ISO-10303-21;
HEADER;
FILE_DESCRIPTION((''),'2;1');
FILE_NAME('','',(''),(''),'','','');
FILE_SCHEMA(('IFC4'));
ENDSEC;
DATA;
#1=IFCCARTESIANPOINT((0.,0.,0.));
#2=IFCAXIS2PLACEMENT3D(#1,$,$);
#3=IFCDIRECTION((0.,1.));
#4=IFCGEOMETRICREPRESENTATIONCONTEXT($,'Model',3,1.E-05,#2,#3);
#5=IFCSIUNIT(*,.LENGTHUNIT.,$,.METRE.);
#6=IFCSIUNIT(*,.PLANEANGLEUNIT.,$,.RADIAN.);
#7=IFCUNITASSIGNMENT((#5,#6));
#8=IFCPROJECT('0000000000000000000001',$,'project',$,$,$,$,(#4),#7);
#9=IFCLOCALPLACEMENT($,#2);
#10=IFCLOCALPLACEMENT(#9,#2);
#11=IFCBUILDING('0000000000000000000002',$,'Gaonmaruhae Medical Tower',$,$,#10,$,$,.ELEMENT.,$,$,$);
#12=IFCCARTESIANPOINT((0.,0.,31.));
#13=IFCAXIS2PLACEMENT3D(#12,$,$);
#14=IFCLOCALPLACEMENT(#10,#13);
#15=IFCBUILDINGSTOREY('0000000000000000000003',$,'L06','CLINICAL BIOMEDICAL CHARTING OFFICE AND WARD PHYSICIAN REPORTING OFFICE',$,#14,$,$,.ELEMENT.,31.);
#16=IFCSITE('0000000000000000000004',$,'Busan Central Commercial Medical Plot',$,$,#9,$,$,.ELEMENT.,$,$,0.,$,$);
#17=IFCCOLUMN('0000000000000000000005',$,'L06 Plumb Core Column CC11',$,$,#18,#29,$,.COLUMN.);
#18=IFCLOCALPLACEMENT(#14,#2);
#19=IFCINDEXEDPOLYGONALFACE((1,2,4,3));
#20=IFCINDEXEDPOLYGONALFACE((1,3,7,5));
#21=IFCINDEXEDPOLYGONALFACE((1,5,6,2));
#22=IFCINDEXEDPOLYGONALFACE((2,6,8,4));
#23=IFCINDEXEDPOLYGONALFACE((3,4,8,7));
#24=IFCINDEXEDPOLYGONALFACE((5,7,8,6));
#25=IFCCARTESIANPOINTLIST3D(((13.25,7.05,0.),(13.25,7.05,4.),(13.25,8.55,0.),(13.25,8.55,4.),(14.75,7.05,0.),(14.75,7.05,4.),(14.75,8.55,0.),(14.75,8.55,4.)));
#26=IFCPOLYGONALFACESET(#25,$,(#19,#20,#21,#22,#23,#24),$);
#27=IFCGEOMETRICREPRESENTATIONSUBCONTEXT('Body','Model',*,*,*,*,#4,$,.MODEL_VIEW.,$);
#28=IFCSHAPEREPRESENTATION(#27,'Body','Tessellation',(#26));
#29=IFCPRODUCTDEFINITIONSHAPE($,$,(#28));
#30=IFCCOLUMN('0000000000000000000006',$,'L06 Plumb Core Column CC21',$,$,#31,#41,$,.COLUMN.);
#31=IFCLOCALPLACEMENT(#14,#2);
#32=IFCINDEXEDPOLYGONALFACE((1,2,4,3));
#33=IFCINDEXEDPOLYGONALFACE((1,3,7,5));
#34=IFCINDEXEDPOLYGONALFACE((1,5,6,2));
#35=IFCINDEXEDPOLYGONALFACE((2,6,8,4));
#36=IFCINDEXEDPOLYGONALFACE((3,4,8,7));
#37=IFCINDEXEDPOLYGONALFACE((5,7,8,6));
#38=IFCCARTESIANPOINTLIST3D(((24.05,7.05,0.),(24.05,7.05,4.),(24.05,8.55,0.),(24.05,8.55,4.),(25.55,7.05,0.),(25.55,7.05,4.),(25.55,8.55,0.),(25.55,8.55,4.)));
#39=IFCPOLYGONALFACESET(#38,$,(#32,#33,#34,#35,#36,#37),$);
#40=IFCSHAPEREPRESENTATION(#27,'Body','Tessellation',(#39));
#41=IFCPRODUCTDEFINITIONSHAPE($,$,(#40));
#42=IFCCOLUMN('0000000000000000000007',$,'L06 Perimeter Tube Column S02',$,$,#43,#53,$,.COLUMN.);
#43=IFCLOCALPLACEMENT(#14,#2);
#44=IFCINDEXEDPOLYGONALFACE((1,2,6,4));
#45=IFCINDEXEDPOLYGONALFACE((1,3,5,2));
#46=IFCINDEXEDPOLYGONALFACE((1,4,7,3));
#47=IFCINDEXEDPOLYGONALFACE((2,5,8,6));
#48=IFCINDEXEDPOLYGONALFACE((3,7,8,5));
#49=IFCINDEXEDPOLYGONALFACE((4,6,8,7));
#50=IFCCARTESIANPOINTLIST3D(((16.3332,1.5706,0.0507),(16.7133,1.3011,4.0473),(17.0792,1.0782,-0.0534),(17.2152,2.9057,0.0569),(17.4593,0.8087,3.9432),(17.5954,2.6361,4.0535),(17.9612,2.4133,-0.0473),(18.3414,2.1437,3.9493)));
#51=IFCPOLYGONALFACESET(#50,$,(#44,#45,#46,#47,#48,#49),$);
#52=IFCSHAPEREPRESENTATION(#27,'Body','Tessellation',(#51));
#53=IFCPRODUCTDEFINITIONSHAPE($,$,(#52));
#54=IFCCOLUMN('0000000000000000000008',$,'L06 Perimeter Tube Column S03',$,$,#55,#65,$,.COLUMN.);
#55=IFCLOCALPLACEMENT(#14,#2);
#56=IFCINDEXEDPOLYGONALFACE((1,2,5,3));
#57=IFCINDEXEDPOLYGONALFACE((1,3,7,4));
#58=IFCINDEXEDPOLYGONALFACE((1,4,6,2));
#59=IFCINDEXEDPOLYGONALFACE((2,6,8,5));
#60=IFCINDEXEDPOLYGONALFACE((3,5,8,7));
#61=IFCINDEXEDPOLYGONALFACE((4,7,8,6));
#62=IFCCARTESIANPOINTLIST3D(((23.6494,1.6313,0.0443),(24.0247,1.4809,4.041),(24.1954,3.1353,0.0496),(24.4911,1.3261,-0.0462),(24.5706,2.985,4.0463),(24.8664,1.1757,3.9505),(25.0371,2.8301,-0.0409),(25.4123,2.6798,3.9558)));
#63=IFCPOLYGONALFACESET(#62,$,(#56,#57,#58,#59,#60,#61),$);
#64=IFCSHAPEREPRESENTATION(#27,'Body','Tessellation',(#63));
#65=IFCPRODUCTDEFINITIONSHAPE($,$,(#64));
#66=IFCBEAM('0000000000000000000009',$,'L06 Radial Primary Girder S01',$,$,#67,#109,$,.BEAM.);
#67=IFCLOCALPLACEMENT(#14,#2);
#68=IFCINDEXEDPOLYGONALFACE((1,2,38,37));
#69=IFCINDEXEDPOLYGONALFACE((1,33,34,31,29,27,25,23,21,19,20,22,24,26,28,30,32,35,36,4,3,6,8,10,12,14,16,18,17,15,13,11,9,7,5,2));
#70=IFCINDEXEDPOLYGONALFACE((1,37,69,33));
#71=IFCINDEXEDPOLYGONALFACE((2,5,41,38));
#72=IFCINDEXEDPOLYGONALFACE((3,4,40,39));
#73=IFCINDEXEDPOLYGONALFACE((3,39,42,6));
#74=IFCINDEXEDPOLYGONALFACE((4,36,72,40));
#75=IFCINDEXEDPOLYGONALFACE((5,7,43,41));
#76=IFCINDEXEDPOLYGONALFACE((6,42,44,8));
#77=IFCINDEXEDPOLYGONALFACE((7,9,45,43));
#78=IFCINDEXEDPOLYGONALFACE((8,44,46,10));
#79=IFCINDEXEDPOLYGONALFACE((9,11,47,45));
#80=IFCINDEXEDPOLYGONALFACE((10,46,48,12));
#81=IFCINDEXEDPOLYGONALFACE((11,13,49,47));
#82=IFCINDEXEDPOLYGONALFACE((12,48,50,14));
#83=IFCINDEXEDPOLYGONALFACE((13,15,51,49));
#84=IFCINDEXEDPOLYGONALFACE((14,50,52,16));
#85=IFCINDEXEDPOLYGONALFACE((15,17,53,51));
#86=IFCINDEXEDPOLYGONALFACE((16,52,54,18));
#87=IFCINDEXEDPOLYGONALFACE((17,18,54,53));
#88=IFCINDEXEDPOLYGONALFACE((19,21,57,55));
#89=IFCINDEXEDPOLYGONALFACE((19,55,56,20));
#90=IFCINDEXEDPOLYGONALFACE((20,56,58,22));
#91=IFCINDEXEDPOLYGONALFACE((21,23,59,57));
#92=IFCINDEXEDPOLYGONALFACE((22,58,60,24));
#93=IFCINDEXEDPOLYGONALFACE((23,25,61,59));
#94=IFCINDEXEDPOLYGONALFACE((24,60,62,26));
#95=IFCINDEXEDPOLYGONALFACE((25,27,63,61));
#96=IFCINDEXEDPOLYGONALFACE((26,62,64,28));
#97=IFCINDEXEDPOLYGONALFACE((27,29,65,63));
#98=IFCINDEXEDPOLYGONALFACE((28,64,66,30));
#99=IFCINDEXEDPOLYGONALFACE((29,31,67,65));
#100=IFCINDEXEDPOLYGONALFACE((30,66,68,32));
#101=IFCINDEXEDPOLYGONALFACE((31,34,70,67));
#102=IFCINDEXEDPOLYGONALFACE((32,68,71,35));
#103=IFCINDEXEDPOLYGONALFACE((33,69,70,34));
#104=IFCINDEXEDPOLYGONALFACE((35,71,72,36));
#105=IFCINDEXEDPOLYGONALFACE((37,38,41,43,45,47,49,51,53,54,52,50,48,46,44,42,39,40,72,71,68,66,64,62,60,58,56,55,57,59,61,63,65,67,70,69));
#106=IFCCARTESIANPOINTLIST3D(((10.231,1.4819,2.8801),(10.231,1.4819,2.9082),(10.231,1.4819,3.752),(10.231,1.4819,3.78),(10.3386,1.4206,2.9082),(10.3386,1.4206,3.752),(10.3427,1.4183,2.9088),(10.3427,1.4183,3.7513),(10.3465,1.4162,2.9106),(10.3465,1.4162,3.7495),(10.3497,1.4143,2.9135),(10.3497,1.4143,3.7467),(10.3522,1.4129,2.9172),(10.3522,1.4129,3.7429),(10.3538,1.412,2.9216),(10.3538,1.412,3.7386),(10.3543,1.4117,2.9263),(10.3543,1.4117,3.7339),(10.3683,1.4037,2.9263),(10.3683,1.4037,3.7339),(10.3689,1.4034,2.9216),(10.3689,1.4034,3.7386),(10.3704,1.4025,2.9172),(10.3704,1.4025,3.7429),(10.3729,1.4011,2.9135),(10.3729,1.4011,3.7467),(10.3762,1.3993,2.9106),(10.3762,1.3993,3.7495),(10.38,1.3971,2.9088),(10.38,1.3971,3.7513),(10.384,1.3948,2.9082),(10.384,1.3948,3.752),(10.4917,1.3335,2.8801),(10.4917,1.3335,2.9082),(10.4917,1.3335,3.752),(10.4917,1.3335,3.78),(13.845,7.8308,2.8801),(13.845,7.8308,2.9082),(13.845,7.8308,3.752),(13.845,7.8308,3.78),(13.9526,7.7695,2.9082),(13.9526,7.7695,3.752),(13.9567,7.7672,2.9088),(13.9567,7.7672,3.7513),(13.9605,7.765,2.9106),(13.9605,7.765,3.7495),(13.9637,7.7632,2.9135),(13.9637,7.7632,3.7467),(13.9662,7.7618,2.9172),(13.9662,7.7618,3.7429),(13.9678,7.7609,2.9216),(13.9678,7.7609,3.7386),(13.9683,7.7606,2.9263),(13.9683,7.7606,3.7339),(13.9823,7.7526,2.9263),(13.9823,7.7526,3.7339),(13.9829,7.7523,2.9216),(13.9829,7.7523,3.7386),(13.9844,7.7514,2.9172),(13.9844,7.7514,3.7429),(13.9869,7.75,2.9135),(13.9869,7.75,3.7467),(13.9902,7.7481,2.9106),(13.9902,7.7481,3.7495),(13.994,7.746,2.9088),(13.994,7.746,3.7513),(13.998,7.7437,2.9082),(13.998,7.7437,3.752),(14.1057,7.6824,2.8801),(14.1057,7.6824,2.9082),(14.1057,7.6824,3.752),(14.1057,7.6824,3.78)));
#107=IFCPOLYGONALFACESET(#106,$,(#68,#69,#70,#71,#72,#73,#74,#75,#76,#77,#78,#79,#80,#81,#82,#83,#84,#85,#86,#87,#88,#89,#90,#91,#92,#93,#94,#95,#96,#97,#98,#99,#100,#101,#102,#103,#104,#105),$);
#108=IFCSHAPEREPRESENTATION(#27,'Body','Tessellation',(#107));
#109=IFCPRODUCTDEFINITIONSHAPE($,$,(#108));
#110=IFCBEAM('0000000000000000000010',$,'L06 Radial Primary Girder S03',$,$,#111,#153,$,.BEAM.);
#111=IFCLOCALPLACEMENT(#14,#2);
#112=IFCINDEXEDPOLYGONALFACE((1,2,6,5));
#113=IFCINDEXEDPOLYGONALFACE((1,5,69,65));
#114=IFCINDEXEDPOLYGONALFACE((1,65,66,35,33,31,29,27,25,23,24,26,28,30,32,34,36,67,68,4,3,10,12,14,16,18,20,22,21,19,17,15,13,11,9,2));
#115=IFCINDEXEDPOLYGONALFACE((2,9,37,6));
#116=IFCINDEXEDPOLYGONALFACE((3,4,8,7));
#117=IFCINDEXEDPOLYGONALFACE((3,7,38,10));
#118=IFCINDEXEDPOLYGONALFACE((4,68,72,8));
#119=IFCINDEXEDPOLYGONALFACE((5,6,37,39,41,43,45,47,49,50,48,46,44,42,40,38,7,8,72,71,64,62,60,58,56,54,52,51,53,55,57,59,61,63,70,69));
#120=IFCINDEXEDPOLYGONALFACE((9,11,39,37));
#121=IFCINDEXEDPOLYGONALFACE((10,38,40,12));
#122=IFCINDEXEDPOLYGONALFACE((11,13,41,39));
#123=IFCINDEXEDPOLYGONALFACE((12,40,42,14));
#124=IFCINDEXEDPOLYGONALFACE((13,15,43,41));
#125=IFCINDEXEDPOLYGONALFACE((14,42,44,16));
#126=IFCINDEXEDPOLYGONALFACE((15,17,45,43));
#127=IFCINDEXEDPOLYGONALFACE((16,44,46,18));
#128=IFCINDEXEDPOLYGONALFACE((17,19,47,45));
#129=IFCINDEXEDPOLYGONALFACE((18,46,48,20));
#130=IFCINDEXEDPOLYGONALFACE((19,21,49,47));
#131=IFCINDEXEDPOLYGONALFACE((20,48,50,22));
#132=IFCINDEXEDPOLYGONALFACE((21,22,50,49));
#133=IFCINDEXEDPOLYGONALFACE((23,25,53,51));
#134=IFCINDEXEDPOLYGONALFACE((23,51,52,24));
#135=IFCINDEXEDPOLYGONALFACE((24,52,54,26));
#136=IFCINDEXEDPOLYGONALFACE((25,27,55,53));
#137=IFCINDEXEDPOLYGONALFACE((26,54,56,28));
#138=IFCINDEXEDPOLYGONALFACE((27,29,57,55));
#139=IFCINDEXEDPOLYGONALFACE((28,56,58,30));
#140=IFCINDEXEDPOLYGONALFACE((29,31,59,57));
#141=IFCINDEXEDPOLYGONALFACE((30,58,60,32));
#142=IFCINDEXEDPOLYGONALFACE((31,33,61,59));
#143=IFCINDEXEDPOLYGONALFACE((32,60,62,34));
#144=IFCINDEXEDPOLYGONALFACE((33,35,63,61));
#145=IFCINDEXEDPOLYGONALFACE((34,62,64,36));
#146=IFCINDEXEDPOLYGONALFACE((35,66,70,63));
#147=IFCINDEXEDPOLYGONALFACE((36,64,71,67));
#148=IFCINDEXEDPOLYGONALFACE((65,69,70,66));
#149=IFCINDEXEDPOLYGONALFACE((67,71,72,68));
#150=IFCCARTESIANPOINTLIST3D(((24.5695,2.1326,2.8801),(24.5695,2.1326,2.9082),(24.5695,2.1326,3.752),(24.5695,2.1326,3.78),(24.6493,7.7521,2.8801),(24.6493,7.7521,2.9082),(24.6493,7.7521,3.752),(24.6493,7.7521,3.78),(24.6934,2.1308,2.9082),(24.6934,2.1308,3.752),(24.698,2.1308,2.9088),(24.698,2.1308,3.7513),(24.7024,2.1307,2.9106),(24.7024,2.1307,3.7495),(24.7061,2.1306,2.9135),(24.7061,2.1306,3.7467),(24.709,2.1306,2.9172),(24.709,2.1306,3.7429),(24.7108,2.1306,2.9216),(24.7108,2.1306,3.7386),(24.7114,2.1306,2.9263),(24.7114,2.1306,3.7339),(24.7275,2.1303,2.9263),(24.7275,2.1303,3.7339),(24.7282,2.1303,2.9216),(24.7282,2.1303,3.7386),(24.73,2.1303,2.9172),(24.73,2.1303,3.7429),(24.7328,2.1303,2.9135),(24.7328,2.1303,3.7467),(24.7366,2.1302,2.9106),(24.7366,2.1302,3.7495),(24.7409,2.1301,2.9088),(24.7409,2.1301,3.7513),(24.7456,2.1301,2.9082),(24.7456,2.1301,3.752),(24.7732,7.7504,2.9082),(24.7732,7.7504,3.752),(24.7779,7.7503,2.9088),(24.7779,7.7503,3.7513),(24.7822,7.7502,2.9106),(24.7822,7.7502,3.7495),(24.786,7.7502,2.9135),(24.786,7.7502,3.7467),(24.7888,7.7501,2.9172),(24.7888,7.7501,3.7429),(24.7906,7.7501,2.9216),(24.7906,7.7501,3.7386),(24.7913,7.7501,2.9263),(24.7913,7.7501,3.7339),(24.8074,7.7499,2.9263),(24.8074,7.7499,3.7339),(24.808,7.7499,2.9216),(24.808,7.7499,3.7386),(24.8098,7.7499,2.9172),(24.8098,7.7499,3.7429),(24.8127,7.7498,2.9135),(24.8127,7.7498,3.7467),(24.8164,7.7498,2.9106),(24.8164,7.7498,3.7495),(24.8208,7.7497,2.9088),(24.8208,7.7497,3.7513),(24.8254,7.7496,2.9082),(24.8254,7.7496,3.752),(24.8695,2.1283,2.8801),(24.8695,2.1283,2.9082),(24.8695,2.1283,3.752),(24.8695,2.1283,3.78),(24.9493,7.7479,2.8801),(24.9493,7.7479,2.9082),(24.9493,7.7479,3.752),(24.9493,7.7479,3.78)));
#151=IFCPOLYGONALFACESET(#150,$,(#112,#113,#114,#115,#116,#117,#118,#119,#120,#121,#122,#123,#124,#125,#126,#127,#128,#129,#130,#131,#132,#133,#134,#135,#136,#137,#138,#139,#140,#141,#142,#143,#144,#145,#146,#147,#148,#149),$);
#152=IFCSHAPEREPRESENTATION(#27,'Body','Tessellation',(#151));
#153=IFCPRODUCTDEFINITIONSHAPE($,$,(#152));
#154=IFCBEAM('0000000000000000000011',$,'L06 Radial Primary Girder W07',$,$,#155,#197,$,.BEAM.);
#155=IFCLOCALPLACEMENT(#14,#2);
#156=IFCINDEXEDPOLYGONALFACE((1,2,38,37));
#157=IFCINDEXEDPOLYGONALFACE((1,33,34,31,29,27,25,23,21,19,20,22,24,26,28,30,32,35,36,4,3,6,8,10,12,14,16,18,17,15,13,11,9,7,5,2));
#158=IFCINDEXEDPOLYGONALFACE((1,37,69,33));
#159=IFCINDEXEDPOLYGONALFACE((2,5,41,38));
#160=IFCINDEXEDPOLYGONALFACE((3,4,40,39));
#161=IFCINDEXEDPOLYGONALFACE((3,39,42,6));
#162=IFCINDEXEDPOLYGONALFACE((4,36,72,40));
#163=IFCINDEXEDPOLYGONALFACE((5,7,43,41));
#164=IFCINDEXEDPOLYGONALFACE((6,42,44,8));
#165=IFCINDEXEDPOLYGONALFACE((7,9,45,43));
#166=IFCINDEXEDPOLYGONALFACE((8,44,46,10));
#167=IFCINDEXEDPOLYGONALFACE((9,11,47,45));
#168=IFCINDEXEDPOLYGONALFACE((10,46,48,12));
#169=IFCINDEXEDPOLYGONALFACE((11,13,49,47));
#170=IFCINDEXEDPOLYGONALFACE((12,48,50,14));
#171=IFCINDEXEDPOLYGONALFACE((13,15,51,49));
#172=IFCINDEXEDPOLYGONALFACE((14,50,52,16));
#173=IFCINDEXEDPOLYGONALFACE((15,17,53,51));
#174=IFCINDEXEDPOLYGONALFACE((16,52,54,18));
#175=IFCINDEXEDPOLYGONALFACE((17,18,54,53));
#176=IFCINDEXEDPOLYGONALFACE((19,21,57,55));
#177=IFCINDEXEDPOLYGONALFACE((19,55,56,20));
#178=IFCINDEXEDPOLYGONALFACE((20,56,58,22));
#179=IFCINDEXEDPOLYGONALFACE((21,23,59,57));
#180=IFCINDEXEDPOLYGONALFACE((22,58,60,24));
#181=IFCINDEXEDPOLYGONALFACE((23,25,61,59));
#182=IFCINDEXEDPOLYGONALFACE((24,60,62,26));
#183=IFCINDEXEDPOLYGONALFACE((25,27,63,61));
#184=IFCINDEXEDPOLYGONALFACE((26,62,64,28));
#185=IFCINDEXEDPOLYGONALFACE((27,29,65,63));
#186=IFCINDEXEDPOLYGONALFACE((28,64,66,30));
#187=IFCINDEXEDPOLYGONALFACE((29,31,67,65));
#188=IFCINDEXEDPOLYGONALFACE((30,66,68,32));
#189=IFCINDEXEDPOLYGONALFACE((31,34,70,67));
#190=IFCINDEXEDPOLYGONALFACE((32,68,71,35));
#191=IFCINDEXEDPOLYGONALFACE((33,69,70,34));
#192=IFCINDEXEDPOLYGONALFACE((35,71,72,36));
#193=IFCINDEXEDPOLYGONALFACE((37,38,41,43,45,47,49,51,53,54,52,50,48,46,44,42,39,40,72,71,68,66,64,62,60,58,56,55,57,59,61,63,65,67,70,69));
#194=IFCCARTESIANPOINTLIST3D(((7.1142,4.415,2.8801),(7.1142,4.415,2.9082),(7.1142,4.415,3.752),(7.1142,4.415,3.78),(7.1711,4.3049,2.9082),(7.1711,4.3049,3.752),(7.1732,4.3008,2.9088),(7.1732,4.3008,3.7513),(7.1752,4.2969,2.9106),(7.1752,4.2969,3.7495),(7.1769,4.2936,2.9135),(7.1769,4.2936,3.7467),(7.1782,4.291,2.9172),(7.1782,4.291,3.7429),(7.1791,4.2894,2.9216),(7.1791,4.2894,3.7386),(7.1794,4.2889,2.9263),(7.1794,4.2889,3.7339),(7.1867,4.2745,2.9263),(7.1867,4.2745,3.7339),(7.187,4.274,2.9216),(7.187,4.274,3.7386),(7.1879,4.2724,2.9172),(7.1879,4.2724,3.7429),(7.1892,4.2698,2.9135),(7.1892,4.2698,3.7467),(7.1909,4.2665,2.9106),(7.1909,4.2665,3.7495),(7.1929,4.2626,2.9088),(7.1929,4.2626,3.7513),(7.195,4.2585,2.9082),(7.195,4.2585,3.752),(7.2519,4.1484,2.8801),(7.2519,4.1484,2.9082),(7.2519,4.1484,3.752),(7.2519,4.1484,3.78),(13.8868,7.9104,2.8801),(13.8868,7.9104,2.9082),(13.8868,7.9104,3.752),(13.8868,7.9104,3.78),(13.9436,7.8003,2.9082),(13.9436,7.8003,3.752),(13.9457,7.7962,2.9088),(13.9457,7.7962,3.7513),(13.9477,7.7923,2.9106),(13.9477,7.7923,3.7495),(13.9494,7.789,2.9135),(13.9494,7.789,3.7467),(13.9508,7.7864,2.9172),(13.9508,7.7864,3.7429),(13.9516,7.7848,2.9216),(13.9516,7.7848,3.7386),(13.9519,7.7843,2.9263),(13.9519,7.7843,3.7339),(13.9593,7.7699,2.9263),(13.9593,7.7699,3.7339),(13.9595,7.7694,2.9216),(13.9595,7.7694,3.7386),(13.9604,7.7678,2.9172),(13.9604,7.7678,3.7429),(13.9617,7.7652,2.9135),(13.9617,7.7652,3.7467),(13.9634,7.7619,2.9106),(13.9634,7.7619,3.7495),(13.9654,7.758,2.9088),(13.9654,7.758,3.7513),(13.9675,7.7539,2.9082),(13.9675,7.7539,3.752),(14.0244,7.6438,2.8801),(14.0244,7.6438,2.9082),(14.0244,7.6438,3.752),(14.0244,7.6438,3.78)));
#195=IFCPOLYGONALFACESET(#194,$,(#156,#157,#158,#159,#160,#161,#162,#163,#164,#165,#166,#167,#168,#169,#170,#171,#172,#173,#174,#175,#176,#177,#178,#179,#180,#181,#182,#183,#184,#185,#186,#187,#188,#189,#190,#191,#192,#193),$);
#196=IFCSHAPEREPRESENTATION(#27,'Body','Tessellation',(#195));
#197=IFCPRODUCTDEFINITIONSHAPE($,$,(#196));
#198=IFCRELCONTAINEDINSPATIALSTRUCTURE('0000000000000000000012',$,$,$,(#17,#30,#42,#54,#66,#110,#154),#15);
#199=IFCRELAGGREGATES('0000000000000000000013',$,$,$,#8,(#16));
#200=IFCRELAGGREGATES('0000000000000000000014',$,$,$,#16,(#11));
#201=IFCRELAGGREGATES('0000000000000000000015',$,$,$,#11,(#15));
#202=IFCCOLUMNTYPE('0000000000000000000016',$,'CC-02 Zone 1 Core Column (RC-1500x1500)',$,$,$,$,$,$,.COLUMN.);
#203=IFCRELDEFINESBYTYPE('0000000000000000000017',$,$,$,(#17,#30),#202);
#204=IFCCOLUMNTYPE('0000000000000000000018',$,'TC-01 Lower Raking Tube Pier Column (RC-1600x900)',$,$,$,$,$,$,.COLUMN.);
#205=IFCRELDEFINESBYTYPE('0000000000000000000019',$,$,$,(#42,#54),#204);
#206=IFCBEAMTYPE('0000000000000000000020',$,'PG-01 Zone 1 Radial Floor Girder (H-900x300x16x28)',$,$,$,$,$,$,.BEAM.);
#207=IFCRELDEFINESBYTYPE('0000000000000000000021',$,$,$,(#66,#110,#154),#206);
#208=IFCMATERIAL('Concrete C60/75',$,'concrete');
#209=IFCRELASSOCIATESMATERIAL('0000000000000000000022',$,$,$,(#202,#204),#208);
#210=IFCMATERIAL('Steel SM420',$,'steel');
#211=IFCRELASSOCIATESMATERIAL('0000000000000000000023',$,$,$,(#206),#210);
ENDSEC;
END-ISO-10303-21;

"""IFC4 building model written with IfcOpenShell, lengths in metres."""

from ifc_helpers import new_model, si_unit, direction, frame, origin, origin_2d, place, context, subcontext, project, spatial, rectangle, i_section, extrude, material, material_profile, profile_set, type_object, element, save


model = new_model("IFC4")

# Units and contexts
model_context = context("Model", 3, precision=1e-05, world=origin(), true_north=direction((0.0, 1.0)))
body_context = subcontext(model_context, "Body", "Model", "MODEL_VIEW")
ifc_project = project(units=[si_unit("LENGTHUNIT", "METRE"), si_unit("PLANEANGLEUNIT", "RADIAN")], contexts=[model_context])

# Site, building, storey
site_placement = place(None, origin())
site = spatial("IfcSite", under=ifc_project, at=site_placement, Name="Busan Central Commercial Medical Plot", CompositionType="ELEMENT", RefElevation=0.0)
building_placement = place(site_placement, origin())
building = spatial("IfcBuilding", under=site, at=building_placement, Name="Gaonmaruhae Medical Tower", CompositionType="ELEMENT")
storey_placement = place(building_placement, frame((0.0, 0.0, 31.0)))
storey = spatial("IfcBuildingStorey", under=building, at=storey_placement, Name="L06", Description="CLINICAL BIOMEDICAL CHARTING OFFICE AND WARD PHYSICIAN REPORTING OFFICE", CompositionType="ELEMENT", Elevation=31.0)

# Columns
ifc_material_1 = material(Name="Concrete C60/75", Category="concrete")
ifc_material_profile_1 = material_profile(ifc_material_1, rectangle(XDim=1.5, YDim=1.5, at=origin_2d()), Name="RC-1500x1500")
ifc_profile_set_1 = profile_set([ifc_material_profile_1], Name="Concrete C60/75")
column_type_1 = type_object("IfcColumnType", Name="CC-02 Zone 1 Core Column (RC-1500x1500)", PredefinedType="COLUMN", material=ifc_profile_set_1)
for number, where, z_axis, x_axis, name in (
    (1, (14.0, 7.8, 0.0), (0.0, 0.0, 1.0), (1.0, 0.0, 0.0), "L06 Plumb Core Column CC11"),
    (2, (24.8, 7.8, 0.0), (0.0, 0.0, 1.0), (1.0, 0.0, 0.0), "L06 Plumb Core Column CC21"),
):
    element("IfcColumn", number, at=place(storey_placement, frame(where, z_axis=z_axis, x_axis=x_axis)), inside=storey, type_object=column_type_1, Name=name, PredefinedType="COLUMN", context=body_context, shape_type="SweptSolid", body=[
        extrude(rectangle(XDim=1.5, YDim=1.5, at=origin_2d()), origin(), (0.0, 0.0, 1.0), 4.0),
    ])
ifc_material_profile_2 = material_profile(ifc_material_1, rectangle(XDim=1.6001, YDim=0.8999, at=origin_2d()), Name="RC-1600x900")
ifc_profile_set_2 = profile_set([ifc_material_profile_2], Name="Concrete C60/75")
column_type_2 = type_object("IfcColumnType", Name="TC-01 Lower Raking Tube Pier Column (RC-1600x900)", PredefinedType="COLUMN", material=ifc_profile_set_2)
column_1_placement = place(storey_placement, frame((17.1472, 1.9919, 0.0017), z_axis=(0.094473, -0.066987, 0.993271), x_axis=(0.551228, 0.834346, 0.00384)))
element("IfcColumn", 3, at=column_1_placement, inside=storey, type_object=column_type_2, Name="L06 Perimeter Tube Column S02", PredefinedType="COLUMN", context=body_context, shape_type="SweptSolid", body=[
    extrude(rectangle(XDim=1.6001, YDim=0.8999, at=origin_2d()), origin(), (0.0, 0.0, 1.0), 4.0237),
])
column_2_placement = place(storey_placement, frame((24.3433, 2.2307, 0.0017), z_axis=(0.093415, -0.037439, 0.994923), x_axis=(0.341192, 0.939988, 0.003337)))
element("IfcColumn", 4, at=column_2_placement, inside=storey, type_object=column_type_2, Name="L06 Perimeter Tube Column S03", PredefinedType="COLUMN", context=body_context, shape_type="SweptSolid", body=[
    extrude(rectangle(XDim=1.6001, YDim=0.8999, at=origin_2d()), origin(), (0.0, 0.0, 1.0), 4.0171),
])

# Beams
ifc_material_2 = material(Name="Steel SM420", Category="steel")
ifc_material_profile_3 = material_profile(ifc_material_2, i_section(OverallWidth=0.3, OverallDepth=0.8999, WebThickness=0.0161, FlangeThickness=0.0281, FilletRadius=0.0181, at=origin_2d()), Name="H-900x300x16x28")
ifc_profile_set_3 = profile_set([ifc_material_profile_3], Name="Steel SM420")
beam_type_1 = type_object("IfcBeamType", Name="PG-01 Zone 1 Radial Floor Girder (H-900x300x16x28)", PredefinedType="BEAM", material=ifc_profile_set_3)
beam_1_placement = place(storey_placement, frame((13.9753, 7.7566, 3.3301), z_axis=(-0.494702, -0.869063, 0.0), x_axis=(0.869063, -0.494702, 0.0)))
element("IfcBeam", 5, at=beam_1_placement, inside=storey, type_object=beam_type_1, Name="L06 Radial Primary Girder S01", PredefinedType="BEAM", context=body_context, shape_type="SweptSolid", body=[
    extrude(i_section(OverallWidth=0.3, OverallDepth=0.8999, WebThickness=0.0161, FlangeThickness=0.0281, FilletRadius=0.0181, at=origin_2d()), origin(), (0.0, 0.0, 1.0), 7.3054),
])
beam_2_placement = place(storey_placement, frame((24.7993, 7.75, 3.3301), z_axis=(-0.014205, -0.999899, 0.0), x_axis=(0.999899, -0.014205, 0.0)))
element("IfcBeam", 6, at=beam_2_placement, inside=storey, type_object=beam_type_1, Name="L06 Radial Primary Girder S03", PredefinedType="BEAM", context=body_context, shape_type="SweptSolid", body=[
    extrude(i_section(OverallWidth=0.3, OverallDepth=0.8999, WebThickness=0.0161, FlangeThickness=0.0281, FilletRadius=0.0181, at=origin_2d()), origin(), (0.0, 0.0, 1.0), 5.6201),
])
beam_3_placement = place(storey_placement, frame((13.9556, 7.7771, 3.3301), z_axis=(-0.888626, -0.458632, 0.0), x_axis=(0.458632, -0.888626, 0.0)))
element("IfcBeam", 7, at=beam_3_placement, inside=storey, type_object=beam_type_1, Name="L06 Radial Primary Girder W07", PredefinedType="BEAM", context=body_context, shape_type="SweptSolid", body=[
    extrude(i_section(OverallWidth=0.3, OverallDepth=0.8999, WebThickness=0.0161, FlangeThickness=0.0281, FilletRadius=0.0181, at=origin_2d()), origin(), (0.0, 0.0, 1.0), 7.6213),
])

save(model, "model.ifc")
